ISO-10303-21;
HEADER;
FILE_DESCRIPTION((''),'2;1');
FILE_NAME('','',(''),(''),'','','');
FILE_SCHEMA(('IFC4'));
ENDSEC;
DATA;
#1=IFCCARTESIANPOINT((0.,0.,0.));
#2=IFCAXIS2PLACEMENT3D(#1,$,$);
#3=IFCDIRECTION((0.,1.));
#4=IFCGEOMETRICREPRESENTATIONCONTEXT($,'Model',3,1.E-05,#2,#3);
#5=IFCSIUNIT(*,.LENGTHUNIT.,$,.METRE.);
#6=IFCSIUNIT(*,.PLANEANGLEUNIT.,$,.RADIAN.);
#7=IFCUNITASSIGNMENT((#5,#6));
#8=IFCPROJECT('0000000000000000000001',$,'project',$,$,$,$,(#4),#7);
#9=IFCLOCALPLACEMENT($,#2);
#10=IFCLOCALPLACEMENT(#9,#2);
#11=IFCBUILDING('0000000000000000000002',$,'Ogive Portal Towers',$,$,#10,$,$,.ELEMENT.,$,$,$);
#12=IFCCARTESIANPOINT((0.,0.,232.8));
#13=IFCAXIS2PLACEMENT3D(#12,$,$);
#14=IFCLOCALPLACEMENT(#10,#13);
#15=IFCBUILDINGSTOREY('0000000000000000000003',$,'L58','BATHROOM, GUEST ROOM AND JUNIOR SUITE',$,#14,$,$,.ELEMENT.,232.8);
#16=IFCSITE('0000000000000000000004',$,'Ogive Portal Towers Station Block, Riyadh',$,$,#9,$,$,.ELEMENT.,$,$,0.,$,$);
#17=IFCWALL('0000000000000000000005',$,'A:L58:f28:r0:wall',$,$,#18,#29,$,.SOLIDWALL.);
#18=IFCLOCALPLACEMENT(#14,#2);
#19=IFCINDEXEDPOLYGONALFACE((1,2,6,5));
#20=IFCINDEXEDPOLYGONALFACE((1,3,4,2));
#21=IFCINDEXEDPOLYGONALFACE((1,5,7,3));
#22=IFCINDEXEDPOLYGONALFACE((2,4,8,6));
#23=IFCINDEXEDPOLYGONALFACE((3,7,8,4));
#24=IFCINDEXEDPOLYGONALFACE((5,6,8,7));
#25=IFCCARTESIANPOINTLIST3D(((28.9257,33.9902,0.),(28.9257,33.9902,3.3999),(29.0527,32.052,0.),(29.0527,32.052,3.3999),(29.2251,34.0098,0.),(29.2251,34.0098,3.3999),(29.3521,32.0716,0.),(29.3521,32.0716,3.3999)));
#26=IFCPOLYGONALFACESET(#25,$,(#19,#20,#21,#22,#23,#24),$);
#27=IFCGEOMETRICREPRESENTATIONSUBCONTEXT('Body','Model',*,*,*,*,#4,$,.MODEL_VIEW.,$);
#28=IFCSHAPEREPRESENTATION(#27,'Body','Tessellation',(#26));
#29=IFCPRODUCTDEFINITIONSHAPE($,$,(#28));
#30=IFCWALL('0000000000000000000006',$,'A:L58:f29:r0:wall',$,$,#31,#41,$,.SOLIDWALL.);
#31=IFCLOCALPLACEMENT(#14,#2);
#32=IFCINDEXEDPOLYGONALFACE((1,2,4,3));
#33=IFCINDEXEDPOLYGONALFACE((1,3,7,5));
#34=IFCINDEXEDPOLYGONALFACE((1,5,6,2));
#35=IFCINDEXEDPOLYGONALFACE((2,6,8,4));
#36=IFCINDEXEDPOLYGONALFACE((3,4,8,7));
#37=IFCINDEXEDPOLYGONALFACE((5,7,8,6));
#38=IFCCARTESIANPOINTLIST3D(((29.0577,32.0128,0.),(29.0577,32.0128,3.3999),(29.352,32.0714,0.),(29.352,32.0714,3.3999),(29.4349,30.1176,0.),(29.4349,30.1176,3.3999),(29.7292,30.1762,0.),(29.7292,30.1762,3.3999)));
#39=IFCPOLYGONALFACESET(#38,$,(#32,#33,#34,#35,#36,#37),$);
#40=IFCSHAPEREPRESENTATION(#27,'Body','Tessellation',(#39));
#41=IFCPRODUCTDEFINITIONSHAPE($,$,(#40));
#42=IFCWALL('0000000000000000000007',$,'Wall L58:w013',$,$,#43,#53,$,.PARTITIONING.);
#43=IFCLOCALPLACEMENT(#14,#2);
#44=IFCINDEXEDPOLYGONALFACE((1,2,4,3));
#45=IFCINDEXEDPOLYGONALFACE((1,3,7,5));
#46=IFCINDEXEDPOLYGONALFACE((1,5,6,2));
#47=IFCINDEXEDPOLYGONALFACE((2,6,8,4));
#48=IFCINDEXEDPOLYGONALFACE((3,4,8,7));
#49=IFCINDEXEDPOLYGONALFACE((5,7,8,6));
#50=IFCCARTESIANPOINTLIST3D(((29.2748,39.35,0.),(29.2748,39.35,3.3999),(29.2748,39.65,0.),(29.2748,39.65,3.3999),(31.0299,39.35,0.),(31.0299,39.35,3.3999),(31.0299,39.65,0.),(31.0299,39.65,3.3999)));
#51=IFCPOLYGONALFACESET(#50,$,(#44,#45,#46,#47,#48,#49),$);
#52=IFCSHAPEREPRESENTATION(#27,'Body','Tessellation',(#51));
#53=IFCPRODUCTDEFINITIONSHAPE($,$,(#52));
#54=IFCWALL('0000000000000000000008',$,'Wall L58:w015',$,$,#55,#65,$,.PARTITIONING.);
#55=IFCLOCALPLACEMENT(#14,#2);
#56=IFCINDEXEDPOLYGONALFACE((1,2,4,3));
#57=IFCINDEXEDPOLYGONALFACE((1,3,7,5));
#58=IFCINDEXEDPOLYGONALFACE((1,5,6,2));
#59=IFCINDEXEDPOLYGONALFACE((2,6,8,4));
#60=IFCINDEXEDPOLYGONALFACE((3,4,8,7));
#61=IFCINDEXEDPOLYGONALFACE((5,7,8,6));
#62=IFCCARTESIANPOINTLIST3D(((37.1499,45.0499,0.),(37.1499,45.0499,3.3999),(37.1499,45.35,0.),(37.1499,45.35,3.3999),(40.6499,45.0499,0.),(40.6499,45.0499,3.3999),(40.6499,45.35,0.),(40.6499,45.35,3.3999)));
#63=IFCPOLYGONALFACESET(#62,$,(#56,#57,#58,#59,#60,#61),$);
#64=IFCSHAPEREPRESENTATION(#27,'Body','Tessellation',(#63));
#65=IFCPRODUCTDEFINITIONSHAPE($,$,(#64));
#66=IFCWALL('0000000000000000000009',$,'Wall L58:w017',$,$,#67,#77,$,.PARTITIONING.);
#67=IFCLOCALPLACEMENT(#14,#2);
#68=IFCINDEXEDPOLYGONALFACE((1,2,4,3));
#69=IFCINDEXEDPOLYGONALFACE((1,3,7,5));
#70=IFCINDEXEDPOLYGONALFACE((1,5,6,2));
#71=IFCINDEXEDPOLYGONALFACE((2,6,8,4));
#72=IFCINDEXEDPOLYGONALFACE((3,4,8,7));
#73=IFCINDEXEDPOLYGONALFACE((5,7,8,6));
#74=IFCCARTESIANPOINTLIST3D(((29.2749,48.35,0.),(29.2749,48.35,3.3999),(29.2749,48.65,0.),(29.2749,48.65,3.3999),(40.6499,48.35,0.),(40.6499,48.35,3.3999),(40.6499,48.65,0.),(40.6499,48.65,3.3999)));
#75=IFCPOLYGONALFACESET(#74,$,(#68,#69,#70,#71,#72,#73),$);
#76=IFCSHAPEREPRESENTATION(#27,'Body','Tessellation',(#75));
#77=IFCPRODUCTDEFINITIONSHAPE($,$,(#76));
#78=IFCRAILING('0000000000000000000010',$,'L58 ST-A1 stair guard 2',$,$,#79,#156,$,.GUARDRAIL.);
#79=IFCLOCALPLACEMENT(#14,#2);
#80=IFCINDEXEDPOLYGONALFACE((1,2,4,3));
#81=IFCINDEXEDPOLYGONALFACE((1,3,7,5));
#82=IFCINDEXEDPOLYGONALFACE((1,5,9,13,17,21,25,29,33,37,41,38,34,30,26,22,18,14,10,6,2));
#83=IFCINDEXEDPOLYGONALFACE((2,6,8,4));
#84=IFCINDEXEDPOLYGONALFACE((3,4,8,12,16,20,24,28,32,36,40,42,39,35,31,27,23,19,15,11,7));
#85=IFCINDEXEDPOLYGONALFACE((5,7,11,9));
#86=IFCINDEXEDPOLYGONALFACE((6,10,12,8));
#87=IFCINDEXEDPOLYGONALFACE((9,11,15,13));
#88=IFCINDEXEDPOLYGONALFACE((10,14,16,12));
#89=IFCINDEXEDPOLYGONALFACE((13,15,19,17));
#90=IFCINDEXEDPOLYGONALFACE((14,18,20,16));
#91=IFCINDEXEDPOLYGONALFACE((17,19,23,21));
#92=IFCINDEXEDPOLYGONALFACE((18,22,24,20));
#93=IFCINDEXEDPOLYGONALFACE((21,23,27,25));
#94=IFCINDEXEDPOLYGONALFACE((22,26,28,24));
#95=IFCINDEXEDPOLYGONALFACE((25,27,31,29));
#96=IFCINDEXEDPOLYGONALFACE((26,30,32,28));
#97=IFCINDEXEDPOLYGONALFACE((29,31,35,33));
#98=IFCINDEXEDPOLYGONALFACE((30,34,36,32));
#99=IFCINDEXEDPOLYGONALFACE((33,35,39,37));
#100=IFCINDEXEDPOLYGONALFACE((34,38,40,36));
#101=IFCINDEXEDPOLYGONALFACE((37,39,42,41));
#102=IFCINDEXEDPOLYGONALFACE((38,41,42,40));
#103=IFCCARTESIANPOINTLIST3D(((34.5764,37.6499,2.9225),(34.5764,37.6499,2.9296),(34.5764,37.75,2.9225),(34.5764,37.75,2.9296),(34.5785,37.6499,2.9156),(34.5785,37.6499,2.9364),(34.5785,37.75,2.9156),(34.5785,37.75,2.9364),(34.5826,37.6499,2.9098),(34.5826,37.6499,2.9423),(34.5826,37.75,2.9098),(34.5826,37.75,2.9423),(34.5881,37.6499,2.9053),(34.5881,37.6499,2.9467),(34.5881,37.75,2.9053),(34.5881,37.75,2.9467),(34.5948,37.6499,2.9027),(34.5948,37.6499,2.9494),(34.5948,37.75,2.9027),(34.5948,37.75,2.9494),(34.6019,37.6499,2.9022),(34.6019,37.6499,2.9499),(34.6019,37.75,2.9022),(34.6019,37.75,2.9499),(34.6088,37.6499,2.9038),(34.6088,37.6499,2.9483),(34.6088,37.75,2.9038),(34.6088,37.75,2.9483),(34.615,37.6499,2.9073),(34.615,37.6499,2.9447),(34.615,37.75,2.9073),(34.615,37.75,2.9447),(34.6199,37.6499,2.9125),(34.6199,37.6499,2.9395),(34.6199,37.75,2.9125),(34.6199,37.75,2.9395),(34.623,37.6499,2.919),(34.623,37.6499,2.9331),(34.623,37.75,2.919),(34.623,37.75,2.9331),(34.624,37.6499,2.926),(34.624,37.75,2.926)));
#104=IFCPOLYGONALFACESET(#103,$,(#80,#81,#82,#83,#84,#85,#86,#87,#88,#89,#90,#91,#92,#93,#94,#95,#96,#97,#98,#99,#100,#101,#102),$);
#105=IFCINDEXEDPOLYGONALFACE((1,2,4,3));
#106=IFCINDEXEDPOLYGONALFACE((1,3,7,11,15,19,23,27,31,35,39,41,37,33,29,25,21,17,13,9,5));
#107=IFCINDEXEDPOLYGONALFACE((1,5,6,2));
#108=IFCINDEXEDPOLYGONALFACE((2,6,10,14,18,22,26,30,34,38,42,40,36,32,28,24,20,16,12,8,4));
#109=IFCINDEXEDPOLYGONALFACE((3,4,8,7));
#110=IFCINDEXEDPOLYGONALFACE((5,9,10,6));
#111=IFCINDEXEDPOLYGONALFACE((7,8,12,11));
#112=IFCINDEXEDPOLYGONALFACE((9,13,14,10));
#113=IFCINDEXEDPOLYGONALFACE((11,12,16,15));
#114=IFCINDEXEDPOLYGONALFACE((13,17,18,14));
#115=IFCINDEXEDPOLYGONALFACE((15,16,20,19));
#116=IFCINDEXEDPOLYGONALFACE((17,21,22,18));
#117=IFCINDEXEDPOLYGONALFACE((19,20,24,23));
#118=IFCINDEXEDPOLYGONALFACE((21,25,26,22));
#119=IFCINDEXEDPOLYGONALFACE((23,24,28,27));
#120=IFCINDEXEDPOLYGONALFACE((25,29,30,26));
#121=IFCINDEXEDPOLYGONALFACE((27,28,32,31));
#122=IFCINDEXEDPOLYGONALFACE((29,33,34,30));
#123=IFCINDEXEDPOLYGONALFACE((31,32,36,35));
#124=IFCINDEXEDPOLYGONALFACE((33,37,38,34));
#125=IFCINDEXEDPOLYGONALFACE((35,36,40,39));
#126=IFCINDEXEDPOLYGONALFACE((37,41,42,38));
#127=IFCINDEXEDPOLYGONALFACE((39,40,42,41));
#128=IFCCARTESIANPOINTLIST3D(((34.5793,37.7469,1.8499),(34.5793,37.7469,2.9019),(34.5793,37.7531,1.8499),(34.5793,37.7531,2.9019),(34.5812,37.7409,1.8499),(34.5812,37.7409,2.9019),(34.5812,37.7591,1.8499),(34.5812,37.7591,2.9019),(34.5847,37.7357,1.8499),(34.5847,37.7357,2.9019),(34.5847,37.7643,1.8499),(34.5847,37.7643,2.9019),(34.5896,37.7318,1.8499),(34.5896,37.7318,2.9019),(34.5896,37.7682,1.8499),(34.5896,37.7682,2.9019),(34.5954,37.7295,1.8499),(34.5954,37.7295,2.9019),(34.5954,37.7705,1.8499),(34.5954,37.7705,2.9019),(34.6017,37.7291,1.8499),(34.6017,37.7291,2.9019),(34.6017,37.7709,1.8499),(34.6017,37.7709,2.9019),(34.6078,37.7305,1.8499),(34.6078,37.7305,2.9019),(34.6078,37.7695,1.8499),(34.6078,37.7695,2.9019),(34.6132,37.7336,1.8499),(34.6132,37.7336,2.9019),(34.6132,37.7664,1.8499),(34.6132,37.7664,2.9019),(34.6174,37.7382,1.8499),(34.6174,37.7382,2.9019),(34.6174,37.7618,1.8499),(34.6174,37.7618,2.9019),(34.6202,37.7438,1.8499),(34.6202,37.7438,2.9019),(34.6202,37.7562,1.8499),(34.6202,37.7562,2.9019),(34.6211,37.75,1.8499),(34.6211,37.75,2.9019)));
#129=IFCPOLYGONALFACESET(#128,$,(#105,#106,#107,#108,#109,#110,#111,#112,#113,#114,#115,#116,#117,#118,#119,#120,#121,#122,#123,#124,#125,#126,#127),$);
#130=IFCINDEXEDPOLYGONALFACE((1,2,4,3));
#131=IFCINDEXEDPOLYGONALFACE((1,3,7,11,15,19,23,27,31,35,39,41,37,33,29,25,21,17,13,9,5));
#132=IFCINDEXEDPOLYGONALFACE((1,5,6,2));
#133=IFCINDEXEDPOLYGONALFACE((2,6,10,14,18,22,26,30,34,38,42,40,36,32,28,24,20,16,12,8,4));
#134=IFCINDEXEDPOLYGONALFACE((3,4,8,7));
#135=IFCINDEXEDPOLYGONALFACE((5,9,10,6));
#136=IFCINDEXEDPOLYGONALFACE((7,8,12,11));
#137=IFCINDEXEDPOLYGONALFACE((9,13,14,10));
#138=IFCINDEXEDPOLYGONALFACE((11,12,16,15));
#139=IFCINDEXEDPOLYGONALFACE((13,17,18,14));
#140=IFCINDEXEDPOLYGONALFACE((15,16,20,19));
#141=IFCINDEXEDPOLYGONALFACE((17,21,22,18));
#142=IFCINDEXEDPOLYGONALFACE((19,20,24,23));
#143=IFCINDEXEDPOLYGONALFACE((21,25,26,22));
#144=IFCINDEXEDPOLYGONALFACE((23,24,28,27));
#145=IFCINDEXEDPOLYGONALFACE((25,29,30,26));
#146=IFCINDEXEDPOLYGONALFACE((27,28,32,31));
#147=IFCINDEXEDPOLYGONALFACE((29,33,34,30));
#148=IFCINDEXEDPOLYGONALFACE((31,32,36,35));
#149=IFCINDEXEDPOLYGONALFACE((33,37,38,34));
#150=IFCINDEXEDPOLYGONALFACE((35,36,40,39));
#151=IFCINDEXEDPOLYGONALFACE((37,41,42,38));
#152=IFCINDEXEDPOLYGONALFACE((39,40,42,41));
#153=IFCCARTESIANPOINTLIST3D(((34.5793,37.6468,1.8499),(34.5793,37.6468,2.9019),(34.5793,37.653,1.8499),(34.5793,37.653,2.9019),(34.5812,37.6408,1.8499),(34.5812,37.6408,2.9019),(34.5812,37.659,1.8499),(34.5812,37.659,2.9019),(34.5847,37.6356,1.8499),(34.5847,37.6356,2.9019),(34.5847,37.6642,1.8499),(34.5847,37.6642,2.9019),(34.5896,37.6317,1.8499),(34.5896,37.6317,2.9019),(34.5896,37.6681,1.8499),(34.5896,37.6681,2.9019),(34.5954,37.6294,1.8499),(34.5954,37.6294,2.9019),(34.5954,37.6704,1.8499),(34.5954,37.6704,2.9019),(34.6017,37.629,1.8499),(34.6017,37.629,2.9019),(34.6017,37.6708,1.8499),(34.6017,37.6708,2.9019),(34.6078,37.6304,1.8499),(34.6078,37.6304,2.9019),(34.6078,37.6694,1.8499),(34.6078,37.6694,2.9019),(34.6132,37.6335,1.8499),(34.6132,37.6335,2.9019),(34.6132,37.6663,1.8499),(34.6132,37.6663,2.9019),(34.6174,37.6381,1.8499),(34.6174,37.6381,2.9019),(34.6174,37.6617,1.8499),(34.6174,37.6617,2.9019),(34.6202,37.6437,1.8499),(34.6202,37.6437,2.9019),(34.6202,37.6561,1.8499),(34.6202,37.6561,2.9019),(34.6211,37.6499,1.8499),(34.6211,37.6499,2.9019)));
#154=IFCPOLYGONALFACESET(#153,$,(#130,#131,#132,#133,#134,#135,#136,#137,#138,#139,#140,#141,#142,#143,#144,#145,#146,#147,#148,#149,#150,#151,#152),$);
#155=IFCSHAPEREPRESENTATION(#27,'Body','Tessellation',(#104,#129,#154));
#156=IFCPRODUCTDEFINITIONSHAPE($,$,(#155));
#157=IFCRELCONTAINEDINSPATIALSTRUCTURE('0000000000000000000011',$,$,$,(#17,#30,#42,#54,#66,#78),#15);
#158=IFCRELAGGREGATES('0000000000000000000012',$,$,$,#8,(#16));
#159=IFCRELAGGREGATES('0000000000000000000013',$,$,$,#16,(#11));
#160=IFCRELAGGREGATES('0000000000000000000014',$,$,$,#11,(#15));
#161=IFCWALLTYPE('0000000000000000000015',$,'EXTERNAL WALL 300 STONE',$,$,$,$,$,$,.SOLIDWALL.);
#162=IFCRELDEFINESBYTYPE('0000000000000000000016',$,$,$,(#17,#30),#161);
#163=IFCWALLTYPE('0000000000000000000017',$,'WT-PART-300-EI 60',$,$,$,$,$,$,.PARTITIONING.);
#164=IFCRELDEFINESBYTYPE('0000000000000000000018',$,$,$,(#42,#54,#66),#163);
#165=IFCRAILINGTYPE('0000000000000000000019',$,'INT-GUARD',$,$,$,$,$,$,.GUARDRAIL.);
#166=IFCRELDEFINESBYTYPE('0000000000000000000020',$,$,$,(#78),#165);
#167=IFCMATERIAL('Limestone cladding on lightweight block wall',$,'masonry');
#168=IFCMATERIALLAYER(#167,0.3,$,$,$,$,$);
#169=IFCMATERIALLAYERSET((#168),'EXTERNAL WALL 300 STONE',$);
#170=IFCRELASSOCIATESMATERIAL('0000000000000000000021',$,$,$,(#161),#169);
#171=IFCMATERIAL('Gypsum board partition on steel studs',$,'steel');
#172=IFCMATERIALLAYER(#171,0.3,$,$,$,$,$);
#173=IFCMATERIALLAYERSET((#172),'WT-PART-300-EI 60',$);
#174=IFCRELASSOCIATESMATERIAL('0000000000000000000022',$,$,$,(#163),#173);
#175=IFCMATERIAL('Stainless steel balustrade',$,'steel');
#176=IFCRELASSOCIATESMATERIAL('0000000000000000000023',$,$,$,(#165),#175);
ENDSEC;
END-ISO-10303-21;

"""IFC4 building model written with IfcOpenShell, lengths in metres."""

from ifc_helpers import new_model, si_unit, direction, frame, frame_2d, origin, origin_2d, place, context, subcontext, project, spatial, rectangle, circle, extrude, material, layer, layer_set, type_object, element, save


model = new_model("IFC4")

# Units and contexts
model_context = context("Model", 3, precision=1e-05, world=origin(), true_north=direction((0.0, 1.0)))
body_context = subcontext(model_context, "Body", "Model", "MODEL_VIEW")
ifc_project = project(units=[si_unit("LENGTHUNIT", "METRE"), si_unit("PLANEANGLEUNIT", "RADIAN")], contexts=[model_context])

# Site, building, storey
site_placement = place(None, origin())
site = spatial("IfcSite", under=ifc_project, at=site_placement, Name="Ogive Portal Towers Station Block, Riyadh", CompositionType="ELEMENT", RefElevation=0.0)
building_placement = place(site_placement, origin())
building = spatial("IfcBuilding", under=site, at=building_placement, Name="Ogive Portal Towers", CompositionType="ELEMENT")
storey_placement = place(building_placement, frame((0.0, 0.0, 232.8)))
storey = spatial("IfcBuildingStorey", under=building, at=storey_placement, Name="L58", Description="BATHROOM, GUEST ROOM AND JUNIOR SUITE", CompositionType="ELEMENT", Elevation=232.8)

# Walls
ifc_material_1 = material(Name="Limestone cladding on lightweight block wall", Category="masonry")
ifc_layer_1 = layer(ifc_material_1, 0.3)
ifc_layer_set_1 = layer_set([ifc_layer_1], Name="EXTERNAL WALL 300 STONE")
wall_type_1 = type_object("IfcWallType", Name="EXTERNAL WALL 300 STONE", PredefinedType="SOLIDWALL", material=ifc_layer_set_1)
wall_1_placement = place(storey_placement, frame((29.0754, 34.0, 0.0), z_axis=(0.0, 0.0, 1.0), x_axis=(0.065359, -0.997862, 0.0)))
element("IfcWall", 1, at=wall_1_placement, inside=storey, type_object=wall_type_1, Name="A:L58:f28:r0:wall", PredefinedType="SOLIDWALL", context=body_context, shape_type="SweptSolid", body=[
    extrude(rectangle(XDim=1.9424, YDim=0.3, at=frame_2d((0.9712, 0.0))), origin(), (0.0, 0.0, 1.0), 3.3999),
])
wall_2_placement = place(storey_placement, frame((29.2048, 32.0422, 0.0), z_axis=(0.0, 0.0, 1.0), x_axis=(0.195193, -0.980765, 0.0)))
element("IfcWall", 2, at=wall_2_placement, inside=storey, type_object=wall_type_1, Name="A:L58:f29:r0:wall", PredefinedType="SOLIDWALL", context=body_context, shape_type="SweptSolid", body=[
    extrude(rectangle(XDim=1.9324, YDim=0.3, at=frame_2d((0.9663, 0.0))), origin(), (0.0, 0.0, 1.0), 3.3999),
])
ifc_material_2 = material(Name="Gypsum board partition on steel studs", Category="steel")
ifc_layer_2 = layer(ifc_material_2, 0.3)
ifc_layer_set_2 = layer_set([ifc_layer_2], Name="WT-PART-300-EI 60")
wall_type_2 = type_object("IfcWallType", Name="WT-PART-300-EI 60", PredefinedType="PARTITIONING", material=ifc_layer_set_2)
wall_3_placement = place(storey_placement, frame((29.2749, 39.5, 0.0), z_axis=(0.0, 0.0, 1.0), x_axis=(1.0, 0.0, 0.0)))
element("IfcWall", 3, at=wall_3_placement, inside=storey, type_object=wall_type_2, Name="Wall L58:w013", PredefinedType="PARTITIONING", context=body_context, shape_type="SweptSolid", body=[
    extrude(rectangle(XDim=1.7551, YDim=0.3, at=frame_2d((0.8774, 0.0))), origin(), (0.0, 0.0, 1.0), 3.3999),
])
wall_4_placement = place(storey_placement, frame((37.1499, 45.2, 0.0), z_axis=(0.0, 0.0, 1.0), x_axis=(1.0, 0.0, 0.0)))
element("IfcWall", 4, at=wall_4_placement, inside=storey, type_object=wall_type_2, Name="Wall L58:w015", PredefinedType="PARTITIONING", context=body_context, shape_type="SweptSolid", body=[
    extrude(rectangle(XDim=3.5, YDim=0.3, at=frame_2d((1.75, 0.0))), origin(), (0.0, 0.0, 1.0), 3.3999),
])
wall_5_placement = place(storey_placement, frame((29.2749, 48.5, 0.0), z_axis=(0.0, 0.0, 1.0), x_axis=(1.0, 0.0, 0.0)))
element("IfcWall", 5, at=wall_5_placement, inside=storey, type_object=wall_type_2, Name="Wall L58:w017", PredefinedType="PARTITIONING", context=body_context, shape_type="SweptSolid", body=[
    extrude(rectangle(XDim=11.375, YDim=0.3, at=frame_2d((5.6875, 0.0))), origin(), (0.0, 0.0, 1.0), 3.3999),
])

# Railing
ifc_material_3 = material(Name="Stainless steel balustrade", Category="steel")
railing_type_1 = type_object("IfcRailingType", Name="INT-GUARD", PredefinedType="GUARDRAIL", material=ifc_material_3)
railing_1_placement = place(storey_placement, frame((34.6001, 37.75, 1.8499)))
element("IfcRailing", 6, at=railing_1_placement, inside=storey, type_object=railing_type_1, Name="L58 ST-A1 stair guard 2", PredefinedType="GUARDRAIL", context=body_context, shape_type="SweptSolid", body=[
    extrude(circle(Radius=0.0239, at=origin_2d()), frame((0.0, 0.0, 1.0762), z_axis=(0.0, -1.0, 0.0), x_axis=(1.0, 0.0, 0.0)), (0.0, 0.0, 1.0), 0.1001),
    extrude(circle(Radius=0.021, at=origin_2d()), origin(), (0.0, 0.0, 1.0), 1.052),
    extrude(circle(Radius=0.021, at=origin_2d()), frame((0.0, -0.1001, 0.0)), (0.0, 0.0, 1.0), 1.052),
])

save(model, "model.ifc")
